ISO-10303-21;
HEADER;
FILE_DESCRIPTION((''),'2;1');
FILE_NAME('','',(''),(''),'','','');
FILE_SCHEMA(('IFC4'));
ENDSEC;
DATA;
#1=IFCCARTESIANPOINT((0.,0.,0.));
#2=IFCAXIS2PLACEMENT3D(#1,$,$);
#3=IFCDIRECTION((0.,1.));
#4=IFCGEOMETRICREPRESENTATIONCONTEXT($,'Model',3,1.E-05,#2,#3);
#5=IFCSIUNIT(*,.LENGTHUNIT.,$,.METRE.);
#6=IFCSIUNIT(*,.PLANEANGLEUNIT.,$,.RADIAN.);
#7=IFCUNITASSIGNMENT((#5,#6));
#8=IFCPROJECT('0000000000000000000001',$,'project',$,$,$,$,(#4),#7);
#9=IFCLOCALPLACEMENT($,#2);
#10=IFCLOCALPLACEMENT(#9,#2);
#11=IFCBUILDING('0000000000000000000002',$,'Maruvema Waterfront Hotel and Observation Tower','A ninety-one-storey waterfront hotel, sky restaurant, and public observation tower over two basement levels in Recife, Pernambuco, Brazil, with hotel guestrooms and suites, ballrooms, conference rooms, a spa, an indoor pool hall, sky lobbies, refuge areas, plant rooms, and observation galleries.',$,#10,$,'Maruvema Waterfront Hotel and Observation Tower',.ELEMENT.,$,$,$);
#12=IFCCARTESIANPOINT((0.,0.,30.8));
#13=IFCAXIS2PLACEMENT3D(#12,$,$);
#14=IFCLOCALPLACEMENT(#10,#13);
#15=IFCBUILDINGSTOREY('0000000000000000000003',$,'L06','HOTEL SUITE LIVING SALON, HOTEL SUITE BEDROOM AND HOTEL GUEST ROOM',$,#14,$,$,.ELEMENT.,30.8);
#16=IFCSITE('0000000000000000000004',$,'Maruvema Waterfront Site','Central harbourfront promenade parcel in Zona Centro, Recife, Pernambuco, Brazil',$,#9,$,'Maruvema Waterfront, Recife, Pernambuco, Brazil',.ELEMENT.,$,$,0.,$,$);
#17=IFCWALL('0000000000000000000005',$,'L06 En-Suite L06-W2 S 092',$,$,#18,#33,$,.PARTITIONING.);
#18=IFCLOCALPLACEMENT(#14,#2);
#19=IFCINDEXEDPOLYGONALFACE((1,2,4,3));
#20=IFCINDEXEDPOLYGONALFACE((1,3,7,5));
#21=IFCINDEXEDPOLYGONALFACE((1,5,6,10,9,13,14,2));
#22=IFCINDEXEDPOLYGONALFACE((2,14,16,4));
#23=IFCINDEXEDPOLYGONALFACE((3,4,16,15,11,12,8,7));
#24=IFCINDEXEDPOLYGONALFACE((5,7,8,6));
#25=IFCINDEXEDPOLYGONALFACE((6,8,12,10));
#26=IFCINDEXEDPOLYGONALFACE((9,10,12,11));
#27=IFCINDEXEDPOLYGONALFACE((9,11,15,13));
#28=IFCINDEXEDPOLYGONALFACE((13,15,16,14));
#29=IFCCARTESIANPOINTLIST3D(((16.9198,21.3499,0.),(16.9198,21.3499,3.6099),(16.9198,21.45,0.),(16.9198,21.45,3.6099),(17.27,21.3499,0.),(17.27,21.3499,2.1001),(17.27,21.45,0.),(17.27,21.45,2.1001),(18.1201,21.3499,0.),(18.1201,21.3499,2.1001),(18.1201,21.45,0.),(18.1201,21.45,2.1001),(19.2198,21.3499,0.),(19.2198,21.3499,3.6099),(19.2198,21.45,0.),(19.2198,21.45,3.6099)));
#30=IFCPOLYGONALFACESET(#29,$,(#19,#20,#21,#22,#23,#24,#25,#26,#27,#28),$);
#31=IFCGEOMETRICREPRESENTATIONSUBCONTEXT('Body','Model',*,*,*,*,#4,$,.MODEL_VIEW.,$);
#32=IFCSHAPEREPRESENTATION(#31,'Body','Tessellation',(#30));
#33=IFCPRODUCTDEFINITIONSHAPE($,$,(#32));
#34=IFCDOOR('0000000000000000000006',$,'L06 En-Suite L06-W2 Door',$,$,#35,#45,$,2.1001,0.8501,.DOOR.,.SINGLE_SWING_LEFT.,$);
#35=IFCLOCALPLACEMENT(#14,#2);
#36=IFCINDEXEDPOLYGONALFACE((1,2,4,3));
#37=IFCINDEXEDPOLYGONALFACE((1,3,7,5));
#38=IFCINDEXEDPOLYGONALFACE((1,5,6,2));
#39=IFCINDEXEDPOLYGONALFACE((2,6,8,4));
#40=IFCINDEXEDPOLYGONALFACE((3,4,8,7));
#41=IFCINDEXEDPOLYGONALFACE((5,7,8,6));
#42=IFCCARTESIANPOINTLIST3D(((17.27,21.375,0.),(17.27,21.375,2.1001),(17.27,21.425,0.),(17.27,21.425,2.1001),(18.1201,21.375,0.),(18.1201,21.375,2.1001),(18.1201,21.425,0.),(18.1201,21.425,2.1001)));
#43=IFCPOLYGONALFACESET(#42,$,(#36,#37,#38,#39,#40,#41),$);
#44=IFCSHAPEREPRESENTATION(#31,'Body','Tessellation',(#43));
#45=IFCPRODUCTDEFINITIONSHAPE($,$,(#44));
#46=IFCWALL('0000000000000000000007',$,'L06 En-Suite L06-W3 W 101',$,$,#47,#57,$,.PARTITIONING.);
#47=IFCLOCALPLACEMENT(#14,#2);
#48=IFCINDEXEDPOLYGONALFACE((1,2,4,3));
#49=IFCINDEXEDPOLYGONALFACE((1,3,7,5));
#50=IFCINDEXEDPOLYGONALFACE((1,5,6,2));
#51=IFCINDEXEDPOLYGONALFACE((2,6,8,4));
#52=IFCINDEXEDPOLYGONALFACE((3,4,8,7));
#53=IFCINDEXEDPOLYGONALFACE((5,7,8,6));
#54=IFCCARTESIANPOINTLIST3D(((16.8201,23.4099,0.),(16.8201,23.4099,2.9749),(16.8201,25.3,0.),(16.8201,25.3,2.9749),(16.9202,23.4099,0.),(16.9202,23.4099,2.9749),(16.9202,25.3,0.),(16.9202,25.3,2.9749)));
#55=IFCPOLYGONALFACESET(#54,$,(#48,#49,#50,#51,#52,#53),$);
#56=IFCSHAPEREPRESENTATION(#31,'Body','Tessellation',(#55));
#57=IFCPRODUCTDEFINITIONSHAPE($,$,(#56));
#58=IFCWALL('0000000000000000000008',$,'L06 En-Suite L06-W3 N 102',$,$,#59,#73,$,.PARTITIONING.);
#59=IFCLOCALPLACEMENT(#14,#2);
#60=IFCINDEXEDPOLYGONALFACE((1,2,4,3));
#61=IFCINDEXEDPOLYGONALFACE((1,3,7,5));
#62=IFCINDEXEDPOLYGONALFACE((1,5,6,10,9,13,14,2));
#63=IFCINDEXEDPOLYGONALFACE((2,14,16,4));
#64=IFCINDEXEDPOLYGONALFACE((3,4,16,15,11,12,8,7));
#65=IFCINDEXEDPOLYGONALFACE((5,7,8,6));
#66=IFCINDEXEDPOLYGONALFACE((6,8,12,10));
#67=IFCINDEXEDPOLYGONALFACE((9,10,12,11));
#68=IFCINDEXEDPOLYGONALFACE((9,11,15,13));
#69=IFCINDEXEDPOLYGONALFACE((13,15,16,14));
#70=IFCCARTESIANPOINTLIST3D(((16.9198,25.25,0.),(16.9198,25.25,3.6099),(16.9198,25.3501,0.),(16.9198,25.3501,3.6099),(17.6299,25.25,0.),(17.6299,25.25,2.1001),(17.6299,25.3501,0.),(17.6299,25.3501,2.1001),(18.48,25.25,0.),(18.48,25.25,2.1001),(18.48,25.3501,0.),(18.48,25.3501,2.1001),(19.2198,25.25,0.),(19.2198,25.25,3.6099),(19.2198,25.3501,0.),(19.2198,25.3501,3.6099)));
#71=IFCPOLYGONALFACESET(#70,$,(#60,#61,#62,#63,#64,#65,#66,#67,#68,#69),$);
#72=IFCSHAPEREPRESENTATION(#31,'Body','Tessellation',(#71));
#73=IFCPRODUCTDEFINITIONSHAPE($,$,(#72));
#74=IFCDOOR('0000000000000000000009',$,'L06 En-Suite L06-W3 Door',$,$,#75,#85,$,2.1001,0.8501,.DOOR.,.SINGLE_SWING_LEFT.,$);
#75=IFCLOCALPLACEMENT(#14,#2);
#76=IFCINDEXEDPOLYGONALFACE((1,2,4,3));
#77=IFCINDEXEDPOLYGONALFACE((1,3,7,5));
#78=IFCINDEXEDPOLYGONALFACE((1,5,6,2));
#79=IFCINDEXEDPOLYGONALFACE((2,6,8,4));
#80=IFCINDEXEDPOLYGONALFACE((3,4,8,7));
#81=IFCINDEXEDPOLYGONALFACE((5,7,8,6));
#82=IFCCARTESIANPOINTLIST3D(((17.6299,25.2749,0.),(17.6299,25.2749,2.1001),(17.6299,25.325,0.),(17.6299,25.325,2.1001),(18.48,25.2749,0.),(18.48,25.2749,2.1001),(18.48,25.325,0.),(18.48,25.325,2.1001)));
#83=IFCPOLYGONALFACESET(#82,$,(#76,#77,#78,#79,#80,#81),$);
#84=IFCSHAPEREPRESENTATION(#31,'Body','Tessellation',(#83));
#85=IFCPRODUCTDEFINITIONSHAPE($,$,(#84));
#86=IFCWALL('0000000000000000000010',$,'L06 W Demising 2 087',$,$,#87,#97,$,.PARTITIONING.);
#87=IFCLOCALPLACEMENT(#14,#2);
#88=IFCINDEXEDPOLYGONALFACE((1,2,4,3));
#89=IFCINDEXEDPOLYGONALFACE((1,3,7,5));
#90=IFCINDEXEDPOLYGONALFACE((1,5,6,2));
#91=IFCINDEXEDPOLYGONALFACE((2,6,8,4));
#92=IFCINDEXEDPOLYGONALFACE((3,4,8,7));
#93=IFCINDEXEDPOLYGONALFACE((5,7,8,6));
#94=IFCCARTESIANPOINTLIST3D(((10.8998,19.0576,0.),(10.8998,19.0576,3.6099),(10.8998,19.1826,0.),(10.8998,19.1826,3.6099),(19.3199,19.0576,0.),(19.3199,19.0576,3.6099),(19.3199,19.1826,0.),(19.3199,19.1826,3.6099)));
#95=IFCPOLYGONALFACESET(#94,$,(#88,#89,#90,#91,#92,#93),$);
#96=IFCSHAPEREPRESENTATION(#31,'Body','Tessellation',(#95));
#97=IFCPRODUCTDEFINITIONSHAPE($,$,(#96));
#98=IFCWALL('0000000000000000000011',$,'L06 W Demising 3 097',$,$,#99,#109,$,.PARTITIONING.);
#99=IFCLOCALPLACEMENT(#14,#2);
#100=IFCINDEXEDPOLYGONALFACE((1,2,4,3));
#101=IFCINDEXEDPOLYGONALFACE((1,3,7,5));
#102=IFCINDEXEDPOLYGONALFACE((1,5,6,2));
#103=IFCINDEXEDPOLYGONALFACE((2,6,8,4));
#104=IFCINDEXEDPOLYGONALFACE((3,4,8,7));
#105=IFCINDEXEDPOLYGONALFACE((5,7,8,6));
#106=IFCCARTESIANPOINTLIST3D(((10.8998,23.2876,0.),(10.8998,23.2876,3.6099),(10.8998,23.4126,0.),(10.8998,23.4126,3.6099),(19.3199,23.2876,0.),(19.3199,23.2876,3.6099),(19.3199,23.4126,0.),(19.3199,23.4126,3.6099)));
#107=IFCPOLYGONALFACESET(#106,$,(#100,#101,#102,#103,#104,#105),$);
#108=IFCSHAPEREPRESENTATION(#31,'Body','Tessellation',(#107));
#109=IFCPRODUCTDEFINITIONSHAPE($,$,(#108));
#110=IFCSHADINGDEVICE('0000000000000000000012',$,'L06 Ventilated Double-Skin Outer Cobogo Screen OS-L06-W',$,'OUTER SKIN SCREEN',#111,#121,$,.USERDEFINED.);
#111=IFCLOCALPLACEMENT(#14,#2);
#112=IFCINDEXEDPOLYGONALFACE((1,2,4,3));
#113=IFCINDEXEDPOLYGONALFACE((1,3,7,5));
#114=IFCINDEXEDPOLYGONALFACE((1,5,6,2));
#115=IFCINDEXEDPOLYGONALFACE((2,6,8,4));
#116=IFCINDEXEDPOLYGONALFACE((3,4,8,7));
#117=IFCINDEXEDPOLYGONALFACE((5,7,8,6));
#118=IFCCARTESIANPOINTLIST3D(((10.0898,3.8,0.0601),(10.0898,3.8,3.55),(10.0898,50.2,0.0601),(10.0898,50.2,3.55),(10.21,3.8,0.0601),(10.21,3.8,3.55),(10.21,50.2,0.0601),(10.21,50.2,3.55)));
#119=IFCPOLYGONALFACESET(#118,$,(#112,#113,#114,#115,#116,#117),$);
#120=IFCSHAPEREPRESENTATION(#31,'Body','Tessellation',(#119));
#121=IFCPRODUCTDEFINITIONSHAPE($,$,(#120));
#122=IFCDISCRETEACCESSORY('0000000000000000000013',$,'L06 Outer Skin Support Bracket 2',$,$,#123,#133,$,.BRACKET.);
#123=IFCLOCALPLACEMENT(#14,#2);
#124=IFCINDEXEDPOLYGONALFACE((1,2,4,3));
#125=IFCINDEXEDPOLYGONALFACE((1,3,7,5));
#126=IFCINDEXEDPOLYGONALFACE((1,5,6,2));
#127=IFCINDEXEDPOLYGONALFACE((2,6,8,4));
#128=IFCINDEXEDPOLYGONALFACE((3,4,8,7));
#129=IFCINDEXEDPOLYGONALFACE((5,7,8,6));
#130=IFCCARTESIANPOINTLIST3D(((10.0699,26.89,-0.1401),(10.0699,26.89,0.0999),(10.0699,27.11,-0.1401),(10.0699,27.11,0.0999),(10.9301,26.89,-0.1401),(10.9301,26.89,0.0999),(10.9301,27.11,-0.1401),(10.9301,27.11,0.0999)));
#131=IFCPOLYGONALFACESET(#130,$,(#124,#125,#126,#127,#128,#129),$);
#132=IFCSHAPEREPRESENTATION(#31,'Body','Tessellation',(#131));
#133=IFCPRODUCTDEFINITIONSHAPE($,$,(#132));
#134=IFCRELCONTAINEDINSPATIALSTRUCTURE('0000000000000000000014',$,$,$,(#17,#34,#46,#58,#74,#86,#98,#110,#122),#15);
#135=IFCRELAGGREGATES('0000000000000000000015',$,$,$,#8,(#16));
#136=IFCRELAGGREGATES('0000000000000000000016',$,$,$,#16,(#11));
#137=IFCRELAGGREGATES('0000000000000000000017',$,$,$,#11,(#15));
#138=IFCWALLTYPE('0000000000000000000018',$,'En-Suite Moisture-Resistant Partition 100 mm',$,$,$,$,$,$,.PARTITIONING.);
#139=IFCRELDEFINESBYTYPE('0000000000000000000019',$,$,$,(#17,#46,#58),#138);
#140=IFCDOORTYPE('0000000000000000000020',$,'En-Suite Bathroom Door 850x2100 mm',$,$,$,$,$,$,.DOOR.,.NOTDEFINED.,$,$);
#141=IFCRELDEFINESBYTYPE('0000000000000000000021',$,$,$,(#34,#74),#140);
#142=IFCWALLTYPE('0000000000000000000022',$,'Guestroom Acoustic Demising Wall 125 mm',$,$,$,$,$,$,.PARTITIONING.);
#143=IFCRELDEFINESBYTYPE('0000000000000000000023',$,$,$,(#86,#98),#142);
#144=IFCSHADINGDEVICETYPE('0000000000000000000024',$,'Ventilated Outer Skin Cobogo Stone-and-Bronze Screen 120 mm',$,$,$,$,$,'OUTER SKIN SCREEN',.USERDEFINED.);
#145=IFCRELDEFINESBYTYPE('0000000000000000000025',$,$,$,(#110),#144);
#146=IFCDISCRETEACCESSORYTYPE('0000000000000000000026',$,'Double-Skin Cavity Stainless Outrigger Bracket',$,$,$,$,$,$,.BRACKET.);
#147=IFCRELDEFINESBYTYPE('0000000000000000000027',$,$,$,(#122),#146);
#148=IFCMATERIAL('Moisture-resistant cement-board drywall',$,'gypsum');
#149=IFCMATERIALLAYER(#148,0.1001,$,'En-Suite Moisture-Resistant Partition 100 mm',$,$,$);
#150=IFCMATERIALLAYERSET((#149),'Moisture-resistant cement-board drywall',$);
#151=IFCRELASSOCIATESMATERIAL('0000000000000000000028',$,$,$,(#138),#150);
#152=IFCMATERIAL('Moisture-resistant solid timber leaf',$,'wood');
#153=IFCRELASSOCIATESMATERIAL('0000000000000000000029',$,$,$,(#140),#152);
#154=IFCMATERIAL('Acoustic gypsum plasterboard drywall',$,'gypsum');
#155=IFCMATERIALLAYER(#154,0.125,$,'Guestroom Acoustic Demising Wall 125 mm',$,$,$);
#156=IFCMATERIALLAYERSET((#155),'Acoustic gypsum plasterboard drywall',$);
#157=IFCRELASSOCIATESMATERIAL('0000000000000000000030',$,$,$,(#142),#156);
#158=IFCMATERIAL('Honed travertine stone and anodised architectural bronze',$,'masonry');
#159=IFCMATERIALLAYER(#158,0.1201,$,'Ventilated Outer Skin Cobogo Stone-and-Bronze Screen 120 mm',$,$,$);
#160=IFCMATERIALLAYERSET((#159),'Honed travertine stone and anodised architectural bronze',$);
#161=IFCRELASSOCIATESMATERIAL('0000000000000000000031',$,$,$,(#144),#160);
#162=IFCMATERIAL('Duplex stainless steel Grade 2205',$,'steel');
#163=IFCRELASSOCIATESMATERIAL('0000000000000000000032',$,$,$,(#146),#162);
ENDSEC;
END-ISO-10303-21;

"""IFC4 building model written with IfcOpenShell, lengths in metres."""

from ifc_helpers import new_model, si_unit, direction, frame, frame_2d, origin, origin_2d, place, context, subcontext, project, spatial, rectangle, extrude, material, layer, layer_set, type_object, element, fill, save


model = new_model("IFC4")

# Units and contexts
model_context = context("Model", 3, precision=1e-05, world=origin(), true_north=direction((0.0, 1.0)))
body_context = subcontext(model_context, "Body", "Model", "MODEL_VIEW")
ifc_project = project(units=[si_unit("LENGTHUNIT", "METRE"), si_unit("PLANEANGLEUNIT", "RADIAN")], contexts=[model_context])

# Site, building, storey
site_placement = place(None, origin())
site = spatial("IfcSite", under=ifc_project, at=site_placement, Name="Maruvema Waterfront Site", Description="Central harbourfront promenade parcel in Zona Centro, Recife, Pernambuco, Brazil", LongName="Maruvema Waterfront, Recife, Pernambuco, Brazil", CompositionType="ELEMENT", RefElevation=0.0)
building_placement = place(site_placement, origin())
building = spatial("IfcBuilding", under=site, at=building_placement, Name="Maruvema Waterfront Hotel and Observation Tower", Description="A ninety-one-storey waterfront hotel, sky restaurant, and public observation tower over two basement levels in Recife, Pernambuco, Brazil, with hotel guestrooms and suites, ballrooms, conference rooms, a spa, an indoor pool hall, sky lobbies, refuge areas, plant rooms, and observation galleries.", LongName="Maruvema Waterfront Hotel and Observation Tower", CompositionType="ELEMENT")
storey_placement = place(building_placement, frame((0.0, 0.0, 30.8)))
storey = spatial("IfcBuildingStorey", under=building, at=storey_placement, Name="L06", Description="HOTEL SUITE LIVING SALON, HOTEL SUITE BEDROOM AND HOTEL GUEST ROOM", CompositionType="ELEMENT", Elevation=30.8)

# Shared definitions
ifc_material_1 = material(Name="Moisture-resistant cement-board drywall", Category="gypsum")
ifc_layer_1 = layer(ifc_material_1, 0.1001, Name="En-Suite Moisture-Resistant Partition 100 mm")
ifc_layer_set_1 = layer_set([ifc_layer_1], Name="Moisture-resistant cement-board drywall")
wall_type_1 = type_object("IfcWallType", Name="En-Suite Moisture-Resistant Partition 100 mm", PredefinedType="PARTITIONING", material=ifc_layer_set_1)
ifc_material_2 = material(Name="Moisture-resistant solid timber leaf", Category="wood")
door_type_1 = type_object("IfcDoorType", Name="En-Suite Bathroom Door 850x2100 mm", OperationType="NOTDEFINED", PredefinedType="DOOR", material=ifc_material_2)

# Wall, opening, door
wall_1_placement = place(storey_placement, frame((16.9199, 21.3999, 0.0), z_axis=(0.0, 0.0, 1.0), x_axis=(1.0, 0.0, 0.0)))
wall_1 = element("IfcWall", 1, at=wall_1_placement, inside=storey, type_object=wall_type_1, Name="L06 En-Suite L06-W2 S 092", PredefinedType="PARTITIONING", context=body_context, shape_type="SweptSolid", body=[
    extrude(rectangle(XDim=2.3, YDim=0.1001, at=frame_2d((1.1499, 0.0))), origin(), (0.0, 0.0, 1.0), 3.6099),
])
opening_1_placement = place(wall_1_placement, frame((0.3501, 0.0, 0.0)))
opening_1 = element("IfcOpeningElement", 2, at=opening_1_placement, cuts=wall_1, PredefinedType="OPENING", context=body_context, shape_type="SweptSolid", body=[
    extrude(rectangle(XDim=0.8501, YDim=2.1001, at=frame_2d((0.425, 1.05))), frame((0.0, 0.0601, 0.0), z_axis=(0.0, -1.0, 0.0), x_axis=(1.0, 0.0, 0.0)), (0.0, 0.0, 1.0), 0.1201),
])
door_1_placement = place(opening_1_placement, frame((0.8501, 0.0, 0.0), z_axis=(0.0, 0.0, 1.0), x_axis=(-1.0, 0.0, 0.0)))
door_1 = element("IfcDoor", 3, at=door_1_placement, inside=storey, type_object=door_type_1, Name="L06 En-Suite L06-W2 Door", OperationType="SINGLE_SWING_LEFT", OverallHeight=2.1001, OverallWidth=0.8501, PredefinedType="DOOR", context=body_context, shape_type="SweptSolid", body=[
    extrude(rectangle(XDim=0.8501, YDim=2.1001, at=frame_2d((0.425, 1.05))), frame((0.0, 0.0249, 0.0), z_axis=(0.0, -1.0, 0.0), x_axis=(1.0, 0.0, 0.0)), (0.0, 0.0, 1.0), 0.05),
])
fill(opening_1, door_1)

# Wall
wall_2_placement = place(storey_placement, frame((16.8701, 23.4099, 0.0), z_axis=(0.0, 0.0, 1.0), x_axis=(0.0, 1.0, 0.0)))
element("IfcWall", 4, at=wall_2_placement, inside=storey, type_object=wall_type_1, Name="L06 En-Suite L06-W3 W 101", PredefinedType="PARTITIONING", context=body_context, shape_type="SweptSolid", body=[
    extrude(rectangle(XDim=1.8901, YDim=0.1001, at=frame_2d((0.9451, 0.0))), origin(), (0.0, 0.0, 1.0), 2.9749),
])

# Wall, opening, door
wall_3_placement = place(storey_placement, frame((16.9199, 25.3, 0.0), z_axis=(0.0, 0.0, 1.0), x_axis=(1.0, 0.0, 0.0)))
wall_3 = element("IfcWall", 5, at=wall_3_placement, inside=storey, type_object=wall_type_1, Name="L06 En-Suite L06-W3 N 102", PredefinedType="PARTITIONING", context=body_context, shape_type="SweptSolid", body=[
    extrude(rectangle(XDim=2.3, YDim=0.1001, at=frame_2d((1.1499, 0.0))), origin(), (0.0, 0.0, 1.0), 3.6099),
])
opening_2_placement = place(wall_3_placement, frame((0.71, 0.0, 0.0)))
opening_2 = element("IfcOpeningElement", 6, at=opening_2_placement, cuts=wall_3, PredefinedType="OPENING", context=body_context, shape_type="SweptSolid", body=[
    extrude(rectangle(XDim=0.8501, YDim=2.1001, at=frame_2d((0.425, 1.05))), frame((0.0, 0.0601, 0.0), z_axis=(0.0, -1.0, 0.0), x_axis=(1.0, 0.0, 0.0)), (0.0, 0.0, 1.0), 0.1201),
])
door_2_placement = place(opening_2_placement, origin())
door_2 = element("IfcDoor", 7, at=door_2_placement, inside=storey, type_object=door_type_1, Name="L06 En-Suite L06-W3 Door", OperationType="SINGLE_SWING_LEFT", OverallHeight=2.1001, OverallWidth=0.8501, PredefinedType="DOOR", context=body_context, shape_type="SweptSolid", body=[
    extrude(rectangle(XDim=0.8501, YDim=2.1001, at=frame_2d((0.425, 1.05))), frame((0.0, 0.0249, 0.0), z_axis=(0.0, -1.0, 0.0), x_axis=(1.0, 0.0, 0.0)), (0.0, 0.0, 1.0), 0.05),
])
fill(opening_2, door_2)

# Walls
ifc_material_3 = material(Name="Acoustic gypsum plasterboard drywall", Category="gypsum")
ifc_layer_2 = layer(ifc_material_3, 0.125, Name="Guestroom Acoustic Demising Wall 125 mm")
ifc_layer_set_2 = layer_set([ifc_layer_2], Name="Acoustic gypsum plasterboard drywall")
wall_type_2 = type_object("IfcWallType", Name="Guestroom Acoustic Demising Wall 125 mm", PredefinedType="PARTITIONING", material=ifc_layer_set_2)
for number, where, z_axis, x_axis, name in (
    (8, (10.8999, 19.1201, 0.0), (0.0, 0.0, 1.0), (1.0, 0.0, 0.0), "L06 W Demising 2 087"),
    (9, (10.8999, 23.3501, 0.0), (0.0, 0.0, 1.0), (1.0, 0.0, 0.0), "L06 W Demising 3 097"),
):
    element("IfcWall", number, at=place(storey_placement, frame(where, z_axis=z_axis, x_axis=x_axis)), inside=storey, type_object=wall_type_2, Name=name, PredefinedType="PARTITIONING", context=body_context, shape_type="SweptSolid", body=[
        extrude(rectangle(XDim=8.4202, YDim=0.125, at=frame_2d((4.21, 0.0))), origin(), (0.0, 0.0, 1.0), 3.6099),
    ])

# Shading device
ifc_material_4 = material(Name="Honed travertine stone and anodised architectural bronze", Category="masonry")
ifc_layer_3 = layer(ifc_material_4, 0.1201, Name="Ventilated Outer Skin Cobogo Stone-and-Bronze Screen 120 mm")
ifc_layer_set_3 = layer_set([ifc_layer_3], Name="Honed travertine stone and anodised architectural bronze")
shading_device_type = type_object("IfcShadingDeviceType", Name="Ventilated Outer Skin Cobogo Stone-and-Bronze Screen 120 mm", ElementType="OUTER SKIN SCREEN", PredefinedType="USERDEFINED", material=ifc_layer_set_3)
shading_device_placement = place(storey_placement, frame((10.1499, 27.0, 0.0601), z_axis=(0.0, 0.0, 1.0), x_axis=(0.0, -1.0, 0.0)))
element("IfcShadingDevice", 10, at=shading_device_placement, inside=storey, type_object=shading_device_type, Name="L06 Ventilated Double-Skin Outer Cobogo Screen OS-L06-W", ObjectType="OUTER SKIN SCREEN", PredefinedType="USERDEFINED", context=body_context, shape_type="SweptSolid", body=[
    extrude(rectangle(XDim=46.3999, YDim=0.1201, at=origin_2d()), origin(), (0.0, 0.0, 1.0), 3.49),
])

# Discrete accessory
ifc_material_5 = material(Name="Duplex stainless steel Grade 2205", Category="steel")
discrete_accessory_type = type_object("IfcDiscreteAccessoryType", Name="Double-Skin Cavity Stainless Outrigger Bracket", PredefinedType="BRACKET", material=ifc_material_5)
discrete_accessory_placement = place(storey_placement, frame((10.5, 27.0, -0.1401), z_axis=(0.0, 0.0, 1.0), x_axis=(0.0, -1.0, 0.0)))
element("IfcDiscreteAccessory", 11, at=discrete_accessory_placement, inside=storey, type_object=discrete_accessory_type, Name="L06 Outer Skin Support Bracket 2", PredefinedType="BRACKET", context=body_context, shape_type="SweptSolid", body=[
    extrude(rectangle(XDim=0.22, YDim=0.8601, at=origin_2d()), origin(), (0.0, 0.0, 1.0), 0.24),
])

save(model, "model.ifc")
